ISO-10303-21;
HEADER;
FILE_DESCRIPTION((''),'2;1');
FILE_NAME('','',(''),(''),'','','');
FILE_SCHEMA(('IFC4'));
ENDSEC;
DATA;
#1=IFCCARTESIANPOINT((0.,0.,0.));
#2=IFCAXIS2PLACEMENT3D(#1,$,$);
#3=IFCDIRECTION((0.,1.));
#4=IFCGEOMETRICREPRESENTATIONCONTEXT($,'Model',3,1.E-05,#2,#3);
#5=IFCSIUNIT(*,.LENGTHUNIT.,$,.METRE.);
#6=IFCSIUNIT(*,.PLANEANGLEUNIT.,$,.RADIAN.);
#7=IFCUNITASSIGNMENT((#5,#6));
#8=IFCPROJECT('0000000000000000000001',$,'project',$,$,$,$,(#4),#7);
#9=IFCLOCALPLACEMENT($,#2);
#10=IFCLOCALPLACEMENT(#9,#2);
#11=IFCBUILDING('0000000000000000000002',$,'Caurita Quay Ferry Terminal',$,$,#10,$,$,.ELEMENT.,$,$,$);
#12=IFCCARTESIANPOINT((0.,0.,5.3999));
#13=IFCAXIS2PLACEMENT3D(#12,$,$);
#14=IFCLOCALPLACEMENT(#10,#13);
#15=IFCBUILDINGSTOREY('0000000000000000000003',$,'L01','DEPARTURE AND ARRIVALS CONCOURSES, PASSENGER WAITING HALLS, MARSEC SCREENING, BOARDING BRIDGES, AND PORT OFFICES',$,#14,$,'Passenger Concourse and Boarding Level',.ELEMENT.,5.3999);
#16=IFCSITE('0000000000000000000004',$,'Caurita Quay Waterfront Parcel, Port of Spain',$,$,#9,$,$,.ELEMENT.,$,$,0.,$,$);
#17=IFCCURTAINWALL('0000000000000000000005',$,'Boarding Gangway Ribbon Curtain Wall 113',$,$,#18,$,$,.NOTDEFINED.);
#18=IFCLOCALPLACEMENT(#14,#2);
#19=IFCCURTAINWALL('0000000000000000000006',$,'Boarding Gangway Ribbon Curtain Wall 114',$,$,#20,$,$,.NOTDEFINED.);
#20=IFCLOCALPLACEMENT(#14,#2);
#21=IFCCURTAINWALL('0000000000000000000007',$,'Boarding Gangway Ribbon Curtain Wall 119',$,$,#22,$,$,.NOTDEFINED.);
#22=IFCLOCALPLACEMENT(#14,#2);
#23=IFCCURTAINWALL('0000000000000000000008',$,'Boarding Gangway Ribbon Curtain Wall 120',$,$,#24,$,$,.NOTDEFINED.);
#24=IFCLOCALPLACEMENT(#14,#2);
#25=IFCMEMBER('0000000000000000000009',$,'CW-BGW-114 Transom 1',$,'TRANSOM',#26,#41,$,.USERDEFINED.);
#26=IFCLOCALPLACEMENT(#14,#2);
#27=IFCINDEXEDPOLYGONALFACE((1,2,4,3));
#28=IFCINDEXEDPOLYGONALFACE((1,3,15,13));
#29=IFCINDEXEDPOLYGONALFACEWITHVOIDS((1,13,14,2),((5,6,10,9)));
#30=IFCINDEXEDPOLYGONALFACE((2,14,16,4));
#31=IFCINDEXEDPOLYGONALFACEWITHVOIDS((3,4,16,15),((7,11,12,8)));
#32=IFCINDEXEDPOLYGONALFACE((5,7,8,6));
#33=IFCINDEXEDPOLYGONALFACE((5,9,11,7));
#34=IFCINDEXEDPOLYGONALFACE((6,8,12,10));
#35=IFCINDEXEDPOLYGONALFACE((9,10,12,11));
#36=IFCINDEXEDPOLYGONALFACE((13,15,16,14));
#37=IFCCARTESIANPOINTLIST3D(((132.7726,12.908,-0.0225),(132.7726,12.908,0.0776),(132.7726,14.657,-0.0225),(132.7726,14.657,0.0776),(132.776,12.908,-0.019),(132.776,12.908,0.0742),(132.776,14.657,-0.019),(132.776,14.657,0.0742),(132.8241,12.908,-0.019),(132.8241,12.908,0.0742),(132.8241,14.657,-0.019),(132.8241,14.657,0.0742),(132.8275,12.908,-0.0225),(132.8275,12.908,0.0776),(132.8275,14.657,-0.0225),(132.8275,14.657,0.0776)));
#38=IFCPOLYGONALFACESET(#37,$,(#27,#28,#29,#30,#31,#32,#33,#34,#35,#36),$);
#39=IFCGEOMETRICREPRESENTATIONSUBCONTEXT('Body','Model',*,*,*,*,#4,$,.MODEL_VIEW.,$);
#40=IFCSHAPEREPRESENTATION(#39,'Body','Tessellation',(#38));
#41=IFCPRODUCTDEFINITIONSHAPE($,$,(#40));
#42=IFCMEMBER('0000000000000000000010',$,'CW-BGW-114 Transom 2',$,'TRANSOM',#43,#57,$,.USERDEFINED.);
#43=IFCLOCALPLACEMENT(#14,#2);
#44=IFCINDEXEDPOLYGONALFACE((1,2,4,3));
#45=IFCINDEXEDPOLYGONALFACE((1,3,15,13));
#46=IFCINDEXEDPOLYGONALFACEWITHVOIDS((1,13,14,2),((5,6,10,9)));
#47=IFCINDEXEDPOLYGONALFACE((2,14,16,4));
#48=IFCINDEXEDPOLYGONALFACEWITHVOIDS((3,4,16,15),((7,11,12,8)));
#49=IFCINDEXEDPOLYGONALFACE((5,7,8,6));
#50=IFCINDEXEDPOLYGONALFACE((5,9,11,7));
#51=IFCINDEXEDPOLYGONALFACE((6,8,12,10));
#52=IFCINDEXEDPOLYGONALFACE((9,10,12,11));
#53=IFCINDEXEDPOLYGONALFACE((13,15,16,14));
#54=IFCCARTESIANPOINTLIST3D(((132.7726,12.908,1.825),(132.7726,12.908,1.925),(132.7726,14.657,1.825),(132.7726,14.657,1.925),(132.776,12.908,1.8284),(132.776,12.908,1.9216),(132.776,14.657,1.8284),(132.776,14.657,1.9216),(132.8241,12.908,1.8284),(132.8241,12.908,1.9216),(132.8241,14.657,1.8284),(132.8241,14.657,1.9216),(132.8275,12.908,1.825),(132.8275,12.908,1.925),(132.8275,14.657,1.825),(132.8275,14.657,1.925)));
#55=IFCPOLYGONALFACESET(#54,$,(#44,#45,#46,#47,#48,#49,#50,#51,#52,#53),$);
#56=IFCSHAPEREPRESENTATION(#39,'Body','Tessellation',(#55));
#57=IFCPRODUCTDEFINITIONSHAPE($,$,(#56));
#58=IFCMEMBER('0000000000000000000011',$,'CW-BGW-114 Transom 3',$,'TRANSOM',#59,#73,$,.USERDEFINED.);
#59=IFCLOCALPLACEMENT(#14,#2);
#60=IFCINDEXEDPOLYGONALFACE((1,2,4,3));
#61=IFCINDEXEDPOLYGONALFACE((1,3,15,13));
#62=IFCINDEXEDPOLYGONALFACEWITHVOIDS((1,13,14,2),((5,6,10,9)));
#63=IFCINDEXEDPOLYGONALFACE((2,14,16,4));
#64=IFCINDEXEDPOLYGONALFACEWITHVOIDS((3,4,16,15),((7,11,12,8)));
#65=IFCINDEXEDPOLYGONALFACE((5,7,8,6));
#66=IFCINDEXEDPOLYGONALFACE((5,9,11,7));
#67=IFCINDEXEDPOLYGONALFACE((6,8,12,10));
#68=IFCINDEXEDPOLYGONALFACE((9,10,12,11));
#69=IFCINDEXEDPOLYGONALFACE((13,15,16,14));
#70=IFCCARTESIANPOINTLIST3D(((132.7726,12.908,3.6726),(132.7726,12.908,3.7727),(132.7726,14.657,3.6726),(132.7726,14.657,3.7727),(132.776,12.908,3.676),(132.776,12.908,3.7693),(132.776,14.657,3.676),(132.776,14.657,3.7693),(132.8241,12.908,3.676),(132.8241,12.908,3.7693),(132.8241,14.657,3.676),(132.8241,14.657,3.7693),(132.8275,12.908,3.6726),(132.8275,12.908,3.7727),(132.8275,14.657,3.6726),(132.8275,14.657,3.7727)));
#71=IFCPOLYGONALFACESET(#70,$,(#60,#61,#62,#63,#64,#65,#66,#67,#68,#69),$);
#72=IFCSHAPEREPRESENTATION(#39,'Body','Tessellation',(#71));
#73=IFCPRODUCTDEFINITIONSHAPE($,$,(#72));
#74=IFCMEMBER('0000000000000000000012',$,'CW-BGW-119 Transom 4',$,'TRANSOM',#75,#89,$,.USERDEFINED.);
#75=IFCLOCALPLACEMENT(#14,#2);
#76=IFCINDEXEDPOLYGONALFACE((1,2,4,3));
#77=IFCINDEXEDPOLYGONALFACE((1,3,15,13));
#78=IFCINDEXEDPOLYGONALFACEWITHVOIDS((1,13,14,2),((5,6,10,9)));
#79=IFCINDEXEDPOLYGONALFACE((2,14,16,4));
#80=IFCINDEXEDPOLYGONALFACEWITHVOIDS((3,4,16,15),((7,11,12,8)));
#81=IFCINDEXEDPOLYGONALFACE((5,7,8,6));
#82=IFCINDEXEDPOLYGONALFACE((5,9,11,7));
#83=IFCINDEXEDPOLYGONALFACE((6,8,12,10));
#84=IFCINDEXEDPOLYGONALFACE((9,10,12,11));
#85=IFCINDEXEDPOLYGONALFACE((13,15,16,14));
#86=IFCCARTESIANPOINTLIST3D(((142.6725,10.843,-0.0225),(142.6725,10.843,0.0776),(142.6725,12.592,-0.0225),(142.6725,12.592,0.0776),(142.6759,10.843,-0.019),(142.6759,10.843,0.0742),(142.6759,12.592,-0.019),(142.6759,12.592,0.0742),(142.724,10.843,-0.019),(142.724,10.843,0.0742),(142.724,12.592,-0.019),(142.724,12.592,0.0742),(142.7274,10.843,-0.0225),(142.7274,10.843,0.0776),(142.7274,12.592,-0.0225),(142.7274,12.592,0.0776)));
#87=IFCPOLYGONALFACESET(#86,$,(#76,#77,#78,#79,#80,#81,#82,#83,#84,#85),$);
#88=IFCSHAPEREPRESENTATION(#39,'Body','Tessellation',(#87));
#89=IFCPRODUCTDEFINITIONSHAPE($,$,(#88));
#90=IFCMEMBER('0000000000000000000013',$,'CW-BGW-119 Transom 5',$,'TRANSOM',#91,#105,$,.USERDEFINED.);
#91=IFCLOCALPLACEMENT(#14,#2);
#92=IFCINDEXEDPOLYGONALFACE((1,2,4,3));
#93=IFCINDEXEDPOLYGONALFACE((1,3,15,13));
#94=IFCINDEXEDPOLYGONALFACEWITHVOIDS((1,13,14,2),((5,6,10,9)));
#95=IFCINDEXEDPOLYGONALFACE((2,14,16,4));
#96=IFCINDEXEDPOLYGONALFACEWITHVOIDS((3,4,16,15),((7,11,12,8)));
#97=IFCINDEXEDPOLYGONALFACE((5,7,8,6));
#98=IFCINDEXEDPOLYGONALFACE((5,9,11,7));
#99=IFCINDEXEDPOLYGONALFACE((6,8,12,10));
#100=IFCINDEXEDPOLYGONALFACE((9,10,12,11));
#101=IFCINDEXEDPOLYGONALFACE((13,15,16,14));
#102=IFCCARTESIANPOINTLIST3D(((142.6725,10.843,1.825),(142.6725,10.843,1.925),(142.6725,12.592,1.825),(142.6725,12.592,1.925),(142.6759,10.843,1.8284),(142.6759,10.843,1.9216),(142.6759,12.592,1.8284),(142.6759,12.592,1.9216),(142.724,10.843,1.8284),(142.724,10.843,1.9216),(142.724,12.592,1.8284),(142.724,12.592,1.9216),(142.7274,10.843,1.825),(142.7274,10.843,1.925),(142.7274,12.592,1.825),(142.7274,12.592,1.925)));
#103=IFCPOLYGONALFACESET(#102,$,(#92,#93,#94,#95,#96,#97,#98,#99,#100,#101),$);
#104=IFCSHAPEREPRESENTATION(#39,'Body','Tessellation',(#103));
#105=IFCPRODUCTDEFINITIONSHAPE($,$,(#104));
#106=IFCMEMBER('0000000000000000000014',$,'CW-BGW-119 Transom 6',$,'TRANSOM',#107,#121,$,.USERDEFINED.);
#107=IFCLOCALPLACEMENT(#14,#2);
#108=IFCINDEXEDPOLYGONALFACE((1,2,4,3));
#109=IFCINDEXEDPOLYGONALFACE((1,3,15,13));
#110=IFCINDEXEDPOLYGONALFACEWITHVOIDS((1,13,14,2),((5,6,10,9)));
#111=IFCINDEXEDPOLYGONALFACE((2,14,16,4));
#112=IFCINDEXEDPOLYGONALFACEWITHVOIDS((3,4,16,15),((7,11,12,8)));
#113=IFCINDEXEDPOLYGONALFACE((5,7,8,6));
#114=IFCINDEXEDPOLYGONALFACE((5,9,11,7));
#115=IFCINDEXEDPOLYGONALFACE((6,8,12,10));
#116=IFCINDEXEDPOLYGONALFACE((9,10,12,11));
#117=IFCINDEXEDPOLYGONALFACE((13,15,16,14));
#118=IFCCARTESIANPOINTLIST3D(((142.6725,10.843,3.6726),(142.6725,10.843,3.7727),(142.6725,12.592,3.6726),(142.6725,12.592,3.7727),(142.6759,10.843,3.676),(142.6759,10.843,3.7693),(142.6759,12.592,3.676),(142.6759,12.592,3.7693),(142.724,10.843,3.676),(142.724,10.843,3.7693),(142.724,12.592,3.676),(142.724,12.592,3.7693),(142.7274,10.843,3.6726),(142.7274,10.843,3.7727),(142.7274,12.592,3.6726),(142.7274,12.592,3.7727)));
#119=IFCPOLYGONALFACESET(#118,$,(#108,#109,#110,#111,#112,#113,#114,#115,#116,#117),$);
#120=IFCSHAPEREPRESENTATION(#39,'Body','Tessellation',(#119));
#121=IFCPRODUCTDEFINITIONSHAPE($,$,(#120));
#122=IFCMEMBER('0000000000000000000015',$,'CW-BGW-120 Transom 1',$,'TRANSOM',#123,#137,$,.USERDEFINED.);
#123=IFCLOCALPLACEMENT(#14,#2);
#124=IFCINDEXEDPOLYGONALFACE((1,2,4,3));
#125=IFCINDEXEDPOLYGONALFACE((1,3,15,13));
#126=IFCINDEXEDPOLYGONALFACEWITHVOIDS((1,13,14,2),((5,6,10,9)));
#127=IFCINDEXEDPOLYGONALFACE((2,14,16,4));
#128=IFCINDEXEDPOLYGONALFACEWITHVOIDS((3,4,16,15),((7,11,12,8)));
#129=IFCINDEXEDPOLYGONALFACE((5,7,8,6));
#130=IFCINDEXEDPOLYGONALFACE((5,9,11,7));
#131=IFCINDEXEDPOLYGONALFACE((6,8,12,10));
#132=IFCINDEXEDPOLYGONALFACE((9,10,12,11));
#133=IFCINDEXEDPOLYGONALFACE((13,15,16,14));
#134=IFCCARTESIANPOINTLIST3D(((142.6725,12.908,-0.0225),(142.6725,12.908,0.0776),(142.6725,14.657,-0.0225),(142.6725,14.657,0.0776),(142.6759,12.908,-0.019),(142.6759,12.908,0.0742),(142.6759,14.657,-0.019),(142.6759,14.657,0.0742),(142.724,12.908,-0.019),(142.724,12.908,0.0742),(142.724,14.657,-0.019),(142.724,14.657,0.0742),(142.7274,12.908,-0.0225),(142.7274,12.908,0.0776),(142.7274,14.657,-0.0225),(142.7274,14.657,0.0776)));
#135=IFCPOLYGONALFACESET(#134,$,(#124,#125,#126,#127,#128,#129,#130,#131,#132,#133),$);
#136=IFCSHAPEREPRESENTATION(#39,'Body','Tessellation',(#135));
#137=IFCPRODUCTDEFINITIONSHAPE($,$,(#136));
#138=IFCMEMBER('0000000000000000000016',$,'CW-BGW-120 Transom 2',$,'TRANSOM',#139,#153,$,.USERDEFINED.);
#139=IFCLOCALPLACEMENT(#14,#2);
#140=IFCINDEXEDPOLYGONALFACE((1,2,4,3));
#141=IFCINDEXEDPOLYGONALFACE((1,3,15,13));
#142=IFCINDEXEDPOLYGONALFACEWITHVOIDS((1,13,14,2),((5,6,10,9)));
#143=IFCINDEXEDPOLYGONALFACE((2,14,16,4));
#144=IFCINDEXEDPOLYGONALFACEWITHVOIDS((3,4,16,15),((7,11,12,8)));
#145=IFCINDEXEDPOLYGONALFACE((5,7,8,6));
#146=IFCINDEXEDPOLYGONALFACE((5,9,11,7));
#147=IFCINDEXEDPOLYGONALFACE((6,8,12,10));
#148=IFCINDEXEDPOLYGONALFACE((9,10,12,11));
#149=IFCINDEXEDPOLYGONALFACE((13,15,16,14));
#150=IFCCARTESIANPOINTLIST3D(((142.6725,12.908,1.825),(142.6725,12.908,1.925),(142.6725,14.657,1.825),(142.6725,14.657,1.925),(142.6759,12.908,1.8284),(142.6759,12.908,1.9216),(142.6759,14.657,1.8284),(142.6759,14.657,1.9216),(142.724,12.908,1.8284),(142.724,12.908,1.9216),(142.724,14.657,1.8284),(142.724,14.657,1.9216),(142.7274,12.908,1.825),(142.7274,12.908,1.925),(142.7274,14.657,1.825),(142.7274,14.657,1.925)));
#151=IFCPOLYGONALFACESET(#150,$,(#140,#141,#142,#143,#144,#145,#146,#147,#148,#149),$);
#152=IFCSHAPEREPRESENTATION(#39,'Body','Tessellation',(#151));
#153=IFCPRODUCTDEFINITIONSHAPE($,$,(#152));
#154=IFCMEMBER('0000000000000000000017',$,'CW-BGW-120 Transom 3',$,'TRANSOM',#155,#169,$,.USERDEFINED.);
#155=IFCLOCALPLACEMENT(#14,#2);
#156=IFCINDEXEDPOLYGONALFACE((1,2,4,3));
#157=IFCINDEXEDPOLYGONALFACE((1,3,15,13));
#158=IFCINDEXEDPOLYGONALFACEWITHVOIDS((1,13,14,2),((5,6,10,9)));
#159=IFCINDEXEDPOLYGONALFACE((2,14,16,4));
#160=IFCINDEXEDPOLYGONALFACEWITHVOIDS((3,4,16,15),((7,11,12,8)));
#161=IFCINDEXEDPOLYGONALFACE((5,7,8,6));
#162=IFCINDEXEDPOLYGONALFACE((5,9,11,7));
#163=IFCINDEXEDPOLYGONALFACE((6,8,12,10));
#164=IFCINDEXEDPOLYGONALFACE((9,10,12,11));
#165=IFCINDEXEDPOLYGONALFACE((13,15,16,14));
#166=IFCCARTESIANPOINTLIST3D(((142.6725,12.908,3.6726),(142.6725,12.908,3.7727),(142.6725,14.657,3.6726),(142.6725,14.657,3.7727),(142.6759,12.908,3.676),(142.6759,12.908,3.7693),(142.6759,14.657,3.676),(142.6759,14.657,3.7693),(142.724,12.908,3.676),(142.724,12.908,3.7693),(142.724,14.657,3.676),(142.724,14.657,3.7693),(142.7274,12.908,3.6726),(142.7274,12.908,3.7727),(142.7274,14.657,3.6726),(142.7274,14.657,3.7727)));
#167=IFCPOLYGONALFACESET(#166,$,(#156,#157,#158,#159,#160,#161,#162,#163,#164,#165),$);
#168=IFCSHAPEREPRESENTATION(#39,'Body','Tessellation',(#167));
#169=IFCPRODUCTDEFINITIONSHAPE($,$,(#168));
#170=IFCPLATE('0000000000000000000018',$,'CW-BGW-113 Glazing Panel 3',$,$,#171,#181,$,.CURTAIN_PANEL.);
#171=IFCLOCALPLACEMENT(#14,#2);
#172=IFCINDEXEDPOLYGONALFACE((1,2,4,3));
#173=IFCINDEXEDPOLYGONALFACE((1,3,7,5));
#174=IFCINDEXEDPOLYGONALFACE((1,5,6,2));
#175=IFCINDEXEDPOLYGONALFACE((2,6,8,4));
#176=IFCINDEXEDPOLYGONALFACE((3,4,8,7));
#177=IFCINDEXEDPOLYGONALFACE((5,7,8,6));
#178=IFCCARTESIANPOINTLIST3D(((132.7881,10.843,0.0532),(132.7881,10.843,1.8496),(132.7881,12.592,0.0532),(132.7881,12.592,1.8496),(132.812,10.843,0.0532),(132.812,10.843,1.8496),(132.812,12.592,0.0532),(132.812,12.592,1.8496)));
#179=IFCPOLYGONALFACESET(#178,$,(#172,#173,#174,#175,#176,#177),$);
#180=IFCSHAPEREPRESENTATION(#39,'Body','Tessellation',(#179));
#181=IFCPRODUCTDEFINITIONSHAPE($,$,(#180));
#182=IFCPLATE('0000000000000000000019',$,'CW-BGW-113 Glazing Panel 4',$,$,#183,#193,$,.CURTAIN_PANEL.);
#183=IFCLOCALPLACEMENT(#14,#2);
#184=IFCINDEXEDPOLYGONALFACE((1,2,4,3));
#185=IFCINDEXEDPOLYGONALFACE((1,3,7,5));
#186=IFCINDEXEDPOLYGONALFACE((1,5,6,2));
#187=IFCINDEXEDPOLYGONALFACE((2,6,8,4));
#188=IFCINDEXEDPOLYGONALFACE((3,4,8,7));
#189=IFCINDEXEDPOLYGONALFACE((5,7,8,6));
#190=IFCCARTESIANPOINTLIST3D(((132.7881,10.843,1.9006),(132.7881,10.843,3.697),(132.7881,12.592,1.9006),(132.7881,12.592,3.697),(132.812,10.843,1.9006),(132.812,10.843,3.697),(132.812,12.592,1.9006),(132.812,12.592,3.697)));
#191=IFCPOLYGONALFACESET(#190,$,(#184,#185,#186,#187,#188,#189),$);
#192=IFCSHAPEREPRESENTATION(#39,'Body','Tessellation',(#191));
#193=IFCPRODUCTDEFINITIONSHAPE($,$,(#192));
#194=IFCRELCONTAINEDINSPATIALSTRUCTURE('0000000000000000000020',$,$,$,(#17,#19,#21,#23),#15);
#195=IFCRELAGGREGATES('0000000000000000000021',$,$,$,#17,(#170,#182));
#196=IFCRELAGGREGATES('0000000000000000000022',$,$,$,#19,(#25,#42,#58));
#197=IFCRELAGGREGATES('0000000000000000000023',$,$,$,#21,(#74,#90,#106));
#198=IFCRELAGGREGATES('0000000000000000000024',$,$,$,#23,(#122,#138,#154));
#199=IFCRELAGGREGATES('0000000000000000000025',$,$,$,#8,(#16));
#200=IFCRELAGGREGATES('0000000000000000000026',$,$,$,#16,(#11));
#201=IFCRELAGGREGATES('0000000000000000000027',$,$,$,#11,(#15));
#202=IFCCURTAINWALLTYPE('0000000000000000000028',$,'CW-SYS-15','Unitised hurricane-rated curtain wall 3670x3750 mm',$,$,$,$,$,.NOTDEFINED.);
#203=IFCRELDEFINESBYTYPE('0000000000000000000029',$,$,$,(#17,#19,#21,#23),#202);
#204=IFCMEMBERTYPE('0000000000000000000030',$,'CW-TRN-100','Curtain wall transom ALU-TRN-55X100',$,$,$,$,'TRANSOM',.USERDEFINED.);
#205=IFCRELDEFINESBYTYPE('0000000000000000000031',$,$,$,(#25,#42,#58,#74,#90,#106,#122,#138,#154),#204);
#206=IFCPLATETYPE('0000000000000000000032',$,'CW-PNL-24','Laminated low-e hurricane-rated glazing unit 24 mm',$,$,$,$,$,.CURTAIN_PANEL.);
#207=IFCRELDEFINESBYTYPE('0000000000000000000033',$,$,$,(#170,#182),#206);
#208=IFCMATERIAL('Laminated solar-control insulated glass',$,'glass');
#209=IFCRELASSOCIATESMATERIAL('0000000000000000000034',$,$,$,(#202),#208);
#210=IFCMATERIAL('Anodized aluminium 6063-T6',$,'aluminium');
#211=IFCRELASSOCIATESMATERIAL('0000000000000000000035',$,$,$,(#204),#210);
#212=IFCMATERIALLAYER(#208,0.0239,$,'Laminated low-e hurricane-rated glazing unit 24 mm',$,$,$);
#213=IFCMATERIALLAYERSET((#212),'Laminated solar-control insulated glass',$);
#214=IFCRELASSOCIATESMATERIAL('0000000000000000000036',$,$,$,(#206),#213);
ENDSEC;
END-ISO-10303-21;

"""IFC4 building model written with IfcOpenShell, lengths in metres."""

from ifc_helpers import new_model, si_unit, direction, frame, origin, origin_2d, place, context, subcontext, project, spatial, rectangle, hollow_rectangle, extrude, material, layer, layer_set, material_profile, profile_set, type_object, element, aggregate, save


model = new_model("IFC4")

# Units and contexts
model_context = context("Model", 3, precision=1e-05, world=origin(), true_north=direction((0.0, 1.0)))
body_context = subcontext(model_context, "Body", "Model", "MODEL_VIEW")
ifc_project = project(units=[si_unit("LENGTHUNIT", "METRE"), si_unit("PLANEANGLEUNIT", "RADIAN")], contexts=[model_context])

# Site, building, storey
site_placement = place(None, origin())
site = spatial("IfcSite", under=ifc_project, at=site_placement, Name="Caurita Quay Waterfront Parcel, Port of Spain", CompositionType="ELEMENT", RefElevation=0.0)
building_placement = place(site_placement, origin())
building = spatial("IfcBuilding", under=site, at=building_placement, Name="Caurita Quay Ferry Terminal", CompositionType="ELEMENT")
storey_placement = place(building_placement, frame((0.0, 0.0, 5.3999)))
storey = spatial("IfcBuildingStorey", under=building, at=storey_placement, Name="L01", Description="DEPARTURE AND ARRIVALS CONCOURSES, PASSENGER WAITING HALLS, MARSEC SCREENING, BOARDING BRIDGES, AND PORT OFFICES", LongName="Passenger Concourse and Boarding Level", CompositionType="ELEMENT", Elevation=5.3999)

# Curtain wall
ifc_material_1 = material(Name="Laminated solar-control insulated glass", Category="glass")
curtain_wall_type = type_object("IfcCurtainWallType", Name="CW-SYS-15", Description="Unitised hurricane-rated curtain wall 3670x3750 mm", PredefinedType="NOTDEFINED", material=ifc_material_1)
curtain_wall_1_placement = place(storey_placement, origin())
curtain_wall_1 = element("IfcCurtainWall", 1, at=curtain_wall_1_placement, inside=storey, type_object=curtain_wall_type, Name="Boarding Gangway Ribbon Curtain Wall 113", PredefinedType="NOTDEFINED")
ifc_material_2 = material(Name="Anodized aluminium 6063-T6", Category="aluminium")

# Curtain wall
curtain_wall_2_placement = place(storey_placement, origin())
curtain_wall_2 = element("IfcCurtainWall", 2, at=curtain_wall_2_placement, inside=storey, type_object=curtain_wall_type, Name="Boarding Gangway Ribbon Curtain Wall 114", PredefinedType="NOTDEFINED")

# Curtain wall
curtain_wall_3_placement = place(storey_placement, origin())
curtain_wall_3 = element("IfcCurtainWall", 3, at=curtain_wall_3_placement, inside=storey, type_object=curtain_wall_type, Name="Boarding Gangway Ribbon Curtain Wall 119", PredefinedType="NOTDEFINED")

# Curtain wall
curtain_wall_4_placement = place(storey_placement, origin())
curtain_wall_4 = element("IfcCurtainWall", 4, at=curtain_wall_4_placement, inside=storey, type_object=curtain_wall_type, Name="Boarding Gangway Ribbon Curtain Wall 120", PredefinedType="NOTDEFINED")

# Members
ifc_material_profile_1 = material_profile(ifc_material_2, hollow_rectangle(XDim=0.0549, YDim=0.1001, WallThickness=0.0034, at=origin_2d()), Name="ALU-TRN-55X100")
ifc_profile_set_1 = profile_set([ifc_material_profile_1], Name="Anodized aluminium 6063-T6")
member_type_1 = type_object("IfcMemberType", Name="CW-TRN-100", Description="Curtain wall transom ALU-TRN-55X100", ElementType="TRANSOM", PredefinedType="USERDEFINED", material=ifc_profile_set_1)
member_1_placement = place(storey_placement, frame((132.8, 12.908, 0.0276), z_axis=(0.0, 1.0, 0.0), x_axis=(-1.0, 0.0, 0.0)))
member_1 = element("IfcMember", 5, at=member_1_placement, type_object=member_type_1, Name="CW-BGW-114 Transom 1", ObjectType="TRANSOM", PredefinedType="USERDEFINED", context=body_context, shape_type="SweptSolid", body=[
    extrude(hollow_rectangle(XDim=0.0549, YDim=0.1001, WallThickness=0.0034, at=origin_2d()), origin(), (0.0, 0.0, 1.0), 1.749),
])
member_2_placement = place(storey_placement, frame((132.8, 12.908, 1.875), z_axis=(0.0, 1.0, 0.0), x_axis=(-1.0, 0.0, 0.0)))
member_2 = element("IfcMember", 6, at=member_2_placement, type_object=member_type_1, Name="CW-BGW-114 Transom 2", ObjectType="TRANSOM", PredefinedType="USERDEFINED", context=body_context, shape_type="SweptSolid", body=[
    extrude(hollow_rectangle(XDim=0.0549, YDim=0.1001, WallThickness=0.0034, at=origin_2d()), origin(), (0.0, 0.0, 1.0), 1.749),
])
member_3_placement = place(storey_placement, frame((132.8, 12.908, 3.7227), z_axis=(0.0, 1.0, 0.0), x_axis=(-1.0, 0.0, 0.0)))
member_3 = element("IfcMember", 7, at=member_3_placement, type_object=member_type_1, Name="CW-BGW-114 Transom 3", ObjectType="TRANSOM", PredefinedType="USERDEFINED", context=body_context, shape_type="SweptSolid", body=[
    extrude(hollow_rectangle(XDim=0.0549, YDim=0.1001, WallThickness=0.0034, at=origin_2d()), origin(), (0.0, 0.0, 1.0), 1.749),
])
member_4_placement = place(storey_placement, frame((142.7, 10.843, 0.0276), z_axis=(0.0, 1.0, 0.0), x_axis=(-1.0, 0.0, 0.0)))
member_4 = element("IfcMember", 8, at=member_4_placement, type_object=member_type_1, Name="CW-BGW-119 Transom 4", ObjectType="TRANSOM", PredefinedType="USERDEFINED", context=body_context, shape_type="SweptSolid", body=[
    extrude(hollow_rectangle(XDim=0.0549, YDim=0.1001, WallThickness=0.0034, at=origin_2d()), origin(), (0.0, 0.0, 1.0), 1.749),
])
member_5_placement = place(storey_placement, frame((142.7, 10.843, 1.875), z_axis=(0.0, 1.0, 0.0), x_axis=(-1.0, 0.0, 0.0)))
member_5 = element("IfcMember", 9, at=member_5_placement, type_object=member_type_1, Name="CW-BGW-119 Transom 5", ObjectType="TRANSOM", PredefinedType="USERDEFINED", context=body_context, shape_type="SweptSolid", body=[
    extrude(hollow_rectangle(XDim=0.0549, YDim=0.1001, WallThickness=0.0034, at=origin_2d()), origin(), (0.0, 0.0, 1.0), 1.749),
])
member_6_placement = place(storey_placement, frame((142.7, 10.843, 3.7227), z_axis=(0.0, 1.0, 0.0), x_axis=(-1.0, 0.0, 0.0)))
member_6 = element("IfcMember", 10, at=member_6_placement, type_object=member_type_1, Name="CW-BGW-119 Transom 6", ObjectType="TRANSOM", PredefinedType="USERDEFINED", context=body_context, shape_type="SweptSolid", body=[
    extrude(hollow_rectangle(XDim=0.0549, YDim=0.1001, WallThickness=0.0034, at=origin_2d()), origin(), (0.0, 0.0, 1.0), 1.749),
])
member_7_placement = place(storey_placement, frame((142.7, 12.908, 0.0276), z_axis=(0.0, 1.0, 0.0), x_axis=(-1.0, 0.0, 0.0)))
member_7 = element("IfcMember", 11, at=member_7_placement, type_object=member_type_1, Name="CW-BGW-120 Transom 1", ObjectType="TRANSOM", PredefinedType="USERDEFINED", context=body_context, shape_type="SweptSolid", body=[
    extrude(hollow_rectangle(XDim=0.0549, YDim=0.1001, WallThickness=0.0034, at=origin_2d()), origin(), (0.0, 0.0, 1.0), 1.749),
])
member_8_placement = place(storey_placement, frame((142.7, 12.908, 1.875), z_axis=(0.0, 1.0, 0.0), x_axis=(-1.0, 0.0, 0.0)))
member_8 = element("IfcMember", 12, at=member_8_placement, type_object=member_type_1, Name="CW-BGW-120 Transom 2", ObjectType="TRANSOM", PredefinedType="USERDEFINED", context=body_context, shape_type="SweptSolid", body=[
    extrude(hollow_rectangle(XDim=0.0549, YDim=0.1001, WallThickness=0.0034, at=origin_2d()), origin(), (0.0, 0.0, 1.0), 1.749),
])
member_9_placement = place(storey_placement, frame((142.7, 12.908, 3.7227), z_axis=(0.0, 1.0, 0.0), x_axis=(-1.0, 0.0, 0.0)))
member_9 = element("IfcMember", 13, at=member_9_placement, type_object=member_type_1, Name="CW-BGW-120 Transom 3", ObjectType="TRANSOM", PredefinedType="USERDEFINED", context=body_context, shape_type="SweptSolid", body=[
    extrude(hollow_rectangle(XDim=0.0549, YDim=0.1001, WallThickness=0.0034, at=origin_2d()), origin(), (0.0, 0.0, 1.0), 1.749),
])

# Plates
ifc_layer = layer(ifc_material_1, 0.0239, Name="Laminated low-e hurricane-rated glazing unit 24 mm")
ifc_layer_set = layer_set([ifc_layer], Name="Laminated solar-control insulated glass")
plate_type = type_object("IfcPlateType", Name="CW-PNL-24", Description="Laminated low-e hurricane-rated glazing unit 24 mm", PredefinedType="CURTAIN_PANEL", material=ifc_layer_set)
plate_1_placement = place(storey_placement, frame((132.8, 11.7175, 0.0532), z_axis=(0.0, 0.0, 1.0), x_axis=(0.0, 1.0, 0.0)))
plate_1 = element("IfcPlate", 14, at=plate_1_placement, type_object=plate_type, Name="CW-BGW-113 Glazing Panel 3", PredefinedType="CURTAIN_PANEL", context=body_context, shape_type="SweptSolid", body=[
    extrude(rectangle(XDim=1.749, YDim=0.0239, at=origin_2d()), origin(), (0.0, 0.0, 1.0), 1.7964),
])
plate_2_placement = place(storey_placement, frame((132.8, 11.7175, 1.9006), z_axis=(0.0, 0.0, 1.0), x_axis=(0.0, 1.0, 0.0)))
plate_2 = element("IfcPlate", 15, at=plate_2_placement, type_object=plate_type, Name="CW-BGW-113 Glazing Panel 4", PredefinedType="CURTAIN_PANEL", context=body_context, shape_type="SweptSolid", body=[
    extrude(rectangle(XDim=1.749, YDim=0.0239, at=origin_2d()), origin(), (0.0, 0.0, 1.0), 1.7964),
])
aggregate(curtain_wall_1, [plate_1, plate_2])
aggregate(curtain_wall_2, [member_1, member_2, member_3])
aggregate(curtain_wall_3, [member_4, member_5, member_6])
aggregate(curtain_wall_4, [member_7, member_8, member_9])

save(model, "model.ifc")
